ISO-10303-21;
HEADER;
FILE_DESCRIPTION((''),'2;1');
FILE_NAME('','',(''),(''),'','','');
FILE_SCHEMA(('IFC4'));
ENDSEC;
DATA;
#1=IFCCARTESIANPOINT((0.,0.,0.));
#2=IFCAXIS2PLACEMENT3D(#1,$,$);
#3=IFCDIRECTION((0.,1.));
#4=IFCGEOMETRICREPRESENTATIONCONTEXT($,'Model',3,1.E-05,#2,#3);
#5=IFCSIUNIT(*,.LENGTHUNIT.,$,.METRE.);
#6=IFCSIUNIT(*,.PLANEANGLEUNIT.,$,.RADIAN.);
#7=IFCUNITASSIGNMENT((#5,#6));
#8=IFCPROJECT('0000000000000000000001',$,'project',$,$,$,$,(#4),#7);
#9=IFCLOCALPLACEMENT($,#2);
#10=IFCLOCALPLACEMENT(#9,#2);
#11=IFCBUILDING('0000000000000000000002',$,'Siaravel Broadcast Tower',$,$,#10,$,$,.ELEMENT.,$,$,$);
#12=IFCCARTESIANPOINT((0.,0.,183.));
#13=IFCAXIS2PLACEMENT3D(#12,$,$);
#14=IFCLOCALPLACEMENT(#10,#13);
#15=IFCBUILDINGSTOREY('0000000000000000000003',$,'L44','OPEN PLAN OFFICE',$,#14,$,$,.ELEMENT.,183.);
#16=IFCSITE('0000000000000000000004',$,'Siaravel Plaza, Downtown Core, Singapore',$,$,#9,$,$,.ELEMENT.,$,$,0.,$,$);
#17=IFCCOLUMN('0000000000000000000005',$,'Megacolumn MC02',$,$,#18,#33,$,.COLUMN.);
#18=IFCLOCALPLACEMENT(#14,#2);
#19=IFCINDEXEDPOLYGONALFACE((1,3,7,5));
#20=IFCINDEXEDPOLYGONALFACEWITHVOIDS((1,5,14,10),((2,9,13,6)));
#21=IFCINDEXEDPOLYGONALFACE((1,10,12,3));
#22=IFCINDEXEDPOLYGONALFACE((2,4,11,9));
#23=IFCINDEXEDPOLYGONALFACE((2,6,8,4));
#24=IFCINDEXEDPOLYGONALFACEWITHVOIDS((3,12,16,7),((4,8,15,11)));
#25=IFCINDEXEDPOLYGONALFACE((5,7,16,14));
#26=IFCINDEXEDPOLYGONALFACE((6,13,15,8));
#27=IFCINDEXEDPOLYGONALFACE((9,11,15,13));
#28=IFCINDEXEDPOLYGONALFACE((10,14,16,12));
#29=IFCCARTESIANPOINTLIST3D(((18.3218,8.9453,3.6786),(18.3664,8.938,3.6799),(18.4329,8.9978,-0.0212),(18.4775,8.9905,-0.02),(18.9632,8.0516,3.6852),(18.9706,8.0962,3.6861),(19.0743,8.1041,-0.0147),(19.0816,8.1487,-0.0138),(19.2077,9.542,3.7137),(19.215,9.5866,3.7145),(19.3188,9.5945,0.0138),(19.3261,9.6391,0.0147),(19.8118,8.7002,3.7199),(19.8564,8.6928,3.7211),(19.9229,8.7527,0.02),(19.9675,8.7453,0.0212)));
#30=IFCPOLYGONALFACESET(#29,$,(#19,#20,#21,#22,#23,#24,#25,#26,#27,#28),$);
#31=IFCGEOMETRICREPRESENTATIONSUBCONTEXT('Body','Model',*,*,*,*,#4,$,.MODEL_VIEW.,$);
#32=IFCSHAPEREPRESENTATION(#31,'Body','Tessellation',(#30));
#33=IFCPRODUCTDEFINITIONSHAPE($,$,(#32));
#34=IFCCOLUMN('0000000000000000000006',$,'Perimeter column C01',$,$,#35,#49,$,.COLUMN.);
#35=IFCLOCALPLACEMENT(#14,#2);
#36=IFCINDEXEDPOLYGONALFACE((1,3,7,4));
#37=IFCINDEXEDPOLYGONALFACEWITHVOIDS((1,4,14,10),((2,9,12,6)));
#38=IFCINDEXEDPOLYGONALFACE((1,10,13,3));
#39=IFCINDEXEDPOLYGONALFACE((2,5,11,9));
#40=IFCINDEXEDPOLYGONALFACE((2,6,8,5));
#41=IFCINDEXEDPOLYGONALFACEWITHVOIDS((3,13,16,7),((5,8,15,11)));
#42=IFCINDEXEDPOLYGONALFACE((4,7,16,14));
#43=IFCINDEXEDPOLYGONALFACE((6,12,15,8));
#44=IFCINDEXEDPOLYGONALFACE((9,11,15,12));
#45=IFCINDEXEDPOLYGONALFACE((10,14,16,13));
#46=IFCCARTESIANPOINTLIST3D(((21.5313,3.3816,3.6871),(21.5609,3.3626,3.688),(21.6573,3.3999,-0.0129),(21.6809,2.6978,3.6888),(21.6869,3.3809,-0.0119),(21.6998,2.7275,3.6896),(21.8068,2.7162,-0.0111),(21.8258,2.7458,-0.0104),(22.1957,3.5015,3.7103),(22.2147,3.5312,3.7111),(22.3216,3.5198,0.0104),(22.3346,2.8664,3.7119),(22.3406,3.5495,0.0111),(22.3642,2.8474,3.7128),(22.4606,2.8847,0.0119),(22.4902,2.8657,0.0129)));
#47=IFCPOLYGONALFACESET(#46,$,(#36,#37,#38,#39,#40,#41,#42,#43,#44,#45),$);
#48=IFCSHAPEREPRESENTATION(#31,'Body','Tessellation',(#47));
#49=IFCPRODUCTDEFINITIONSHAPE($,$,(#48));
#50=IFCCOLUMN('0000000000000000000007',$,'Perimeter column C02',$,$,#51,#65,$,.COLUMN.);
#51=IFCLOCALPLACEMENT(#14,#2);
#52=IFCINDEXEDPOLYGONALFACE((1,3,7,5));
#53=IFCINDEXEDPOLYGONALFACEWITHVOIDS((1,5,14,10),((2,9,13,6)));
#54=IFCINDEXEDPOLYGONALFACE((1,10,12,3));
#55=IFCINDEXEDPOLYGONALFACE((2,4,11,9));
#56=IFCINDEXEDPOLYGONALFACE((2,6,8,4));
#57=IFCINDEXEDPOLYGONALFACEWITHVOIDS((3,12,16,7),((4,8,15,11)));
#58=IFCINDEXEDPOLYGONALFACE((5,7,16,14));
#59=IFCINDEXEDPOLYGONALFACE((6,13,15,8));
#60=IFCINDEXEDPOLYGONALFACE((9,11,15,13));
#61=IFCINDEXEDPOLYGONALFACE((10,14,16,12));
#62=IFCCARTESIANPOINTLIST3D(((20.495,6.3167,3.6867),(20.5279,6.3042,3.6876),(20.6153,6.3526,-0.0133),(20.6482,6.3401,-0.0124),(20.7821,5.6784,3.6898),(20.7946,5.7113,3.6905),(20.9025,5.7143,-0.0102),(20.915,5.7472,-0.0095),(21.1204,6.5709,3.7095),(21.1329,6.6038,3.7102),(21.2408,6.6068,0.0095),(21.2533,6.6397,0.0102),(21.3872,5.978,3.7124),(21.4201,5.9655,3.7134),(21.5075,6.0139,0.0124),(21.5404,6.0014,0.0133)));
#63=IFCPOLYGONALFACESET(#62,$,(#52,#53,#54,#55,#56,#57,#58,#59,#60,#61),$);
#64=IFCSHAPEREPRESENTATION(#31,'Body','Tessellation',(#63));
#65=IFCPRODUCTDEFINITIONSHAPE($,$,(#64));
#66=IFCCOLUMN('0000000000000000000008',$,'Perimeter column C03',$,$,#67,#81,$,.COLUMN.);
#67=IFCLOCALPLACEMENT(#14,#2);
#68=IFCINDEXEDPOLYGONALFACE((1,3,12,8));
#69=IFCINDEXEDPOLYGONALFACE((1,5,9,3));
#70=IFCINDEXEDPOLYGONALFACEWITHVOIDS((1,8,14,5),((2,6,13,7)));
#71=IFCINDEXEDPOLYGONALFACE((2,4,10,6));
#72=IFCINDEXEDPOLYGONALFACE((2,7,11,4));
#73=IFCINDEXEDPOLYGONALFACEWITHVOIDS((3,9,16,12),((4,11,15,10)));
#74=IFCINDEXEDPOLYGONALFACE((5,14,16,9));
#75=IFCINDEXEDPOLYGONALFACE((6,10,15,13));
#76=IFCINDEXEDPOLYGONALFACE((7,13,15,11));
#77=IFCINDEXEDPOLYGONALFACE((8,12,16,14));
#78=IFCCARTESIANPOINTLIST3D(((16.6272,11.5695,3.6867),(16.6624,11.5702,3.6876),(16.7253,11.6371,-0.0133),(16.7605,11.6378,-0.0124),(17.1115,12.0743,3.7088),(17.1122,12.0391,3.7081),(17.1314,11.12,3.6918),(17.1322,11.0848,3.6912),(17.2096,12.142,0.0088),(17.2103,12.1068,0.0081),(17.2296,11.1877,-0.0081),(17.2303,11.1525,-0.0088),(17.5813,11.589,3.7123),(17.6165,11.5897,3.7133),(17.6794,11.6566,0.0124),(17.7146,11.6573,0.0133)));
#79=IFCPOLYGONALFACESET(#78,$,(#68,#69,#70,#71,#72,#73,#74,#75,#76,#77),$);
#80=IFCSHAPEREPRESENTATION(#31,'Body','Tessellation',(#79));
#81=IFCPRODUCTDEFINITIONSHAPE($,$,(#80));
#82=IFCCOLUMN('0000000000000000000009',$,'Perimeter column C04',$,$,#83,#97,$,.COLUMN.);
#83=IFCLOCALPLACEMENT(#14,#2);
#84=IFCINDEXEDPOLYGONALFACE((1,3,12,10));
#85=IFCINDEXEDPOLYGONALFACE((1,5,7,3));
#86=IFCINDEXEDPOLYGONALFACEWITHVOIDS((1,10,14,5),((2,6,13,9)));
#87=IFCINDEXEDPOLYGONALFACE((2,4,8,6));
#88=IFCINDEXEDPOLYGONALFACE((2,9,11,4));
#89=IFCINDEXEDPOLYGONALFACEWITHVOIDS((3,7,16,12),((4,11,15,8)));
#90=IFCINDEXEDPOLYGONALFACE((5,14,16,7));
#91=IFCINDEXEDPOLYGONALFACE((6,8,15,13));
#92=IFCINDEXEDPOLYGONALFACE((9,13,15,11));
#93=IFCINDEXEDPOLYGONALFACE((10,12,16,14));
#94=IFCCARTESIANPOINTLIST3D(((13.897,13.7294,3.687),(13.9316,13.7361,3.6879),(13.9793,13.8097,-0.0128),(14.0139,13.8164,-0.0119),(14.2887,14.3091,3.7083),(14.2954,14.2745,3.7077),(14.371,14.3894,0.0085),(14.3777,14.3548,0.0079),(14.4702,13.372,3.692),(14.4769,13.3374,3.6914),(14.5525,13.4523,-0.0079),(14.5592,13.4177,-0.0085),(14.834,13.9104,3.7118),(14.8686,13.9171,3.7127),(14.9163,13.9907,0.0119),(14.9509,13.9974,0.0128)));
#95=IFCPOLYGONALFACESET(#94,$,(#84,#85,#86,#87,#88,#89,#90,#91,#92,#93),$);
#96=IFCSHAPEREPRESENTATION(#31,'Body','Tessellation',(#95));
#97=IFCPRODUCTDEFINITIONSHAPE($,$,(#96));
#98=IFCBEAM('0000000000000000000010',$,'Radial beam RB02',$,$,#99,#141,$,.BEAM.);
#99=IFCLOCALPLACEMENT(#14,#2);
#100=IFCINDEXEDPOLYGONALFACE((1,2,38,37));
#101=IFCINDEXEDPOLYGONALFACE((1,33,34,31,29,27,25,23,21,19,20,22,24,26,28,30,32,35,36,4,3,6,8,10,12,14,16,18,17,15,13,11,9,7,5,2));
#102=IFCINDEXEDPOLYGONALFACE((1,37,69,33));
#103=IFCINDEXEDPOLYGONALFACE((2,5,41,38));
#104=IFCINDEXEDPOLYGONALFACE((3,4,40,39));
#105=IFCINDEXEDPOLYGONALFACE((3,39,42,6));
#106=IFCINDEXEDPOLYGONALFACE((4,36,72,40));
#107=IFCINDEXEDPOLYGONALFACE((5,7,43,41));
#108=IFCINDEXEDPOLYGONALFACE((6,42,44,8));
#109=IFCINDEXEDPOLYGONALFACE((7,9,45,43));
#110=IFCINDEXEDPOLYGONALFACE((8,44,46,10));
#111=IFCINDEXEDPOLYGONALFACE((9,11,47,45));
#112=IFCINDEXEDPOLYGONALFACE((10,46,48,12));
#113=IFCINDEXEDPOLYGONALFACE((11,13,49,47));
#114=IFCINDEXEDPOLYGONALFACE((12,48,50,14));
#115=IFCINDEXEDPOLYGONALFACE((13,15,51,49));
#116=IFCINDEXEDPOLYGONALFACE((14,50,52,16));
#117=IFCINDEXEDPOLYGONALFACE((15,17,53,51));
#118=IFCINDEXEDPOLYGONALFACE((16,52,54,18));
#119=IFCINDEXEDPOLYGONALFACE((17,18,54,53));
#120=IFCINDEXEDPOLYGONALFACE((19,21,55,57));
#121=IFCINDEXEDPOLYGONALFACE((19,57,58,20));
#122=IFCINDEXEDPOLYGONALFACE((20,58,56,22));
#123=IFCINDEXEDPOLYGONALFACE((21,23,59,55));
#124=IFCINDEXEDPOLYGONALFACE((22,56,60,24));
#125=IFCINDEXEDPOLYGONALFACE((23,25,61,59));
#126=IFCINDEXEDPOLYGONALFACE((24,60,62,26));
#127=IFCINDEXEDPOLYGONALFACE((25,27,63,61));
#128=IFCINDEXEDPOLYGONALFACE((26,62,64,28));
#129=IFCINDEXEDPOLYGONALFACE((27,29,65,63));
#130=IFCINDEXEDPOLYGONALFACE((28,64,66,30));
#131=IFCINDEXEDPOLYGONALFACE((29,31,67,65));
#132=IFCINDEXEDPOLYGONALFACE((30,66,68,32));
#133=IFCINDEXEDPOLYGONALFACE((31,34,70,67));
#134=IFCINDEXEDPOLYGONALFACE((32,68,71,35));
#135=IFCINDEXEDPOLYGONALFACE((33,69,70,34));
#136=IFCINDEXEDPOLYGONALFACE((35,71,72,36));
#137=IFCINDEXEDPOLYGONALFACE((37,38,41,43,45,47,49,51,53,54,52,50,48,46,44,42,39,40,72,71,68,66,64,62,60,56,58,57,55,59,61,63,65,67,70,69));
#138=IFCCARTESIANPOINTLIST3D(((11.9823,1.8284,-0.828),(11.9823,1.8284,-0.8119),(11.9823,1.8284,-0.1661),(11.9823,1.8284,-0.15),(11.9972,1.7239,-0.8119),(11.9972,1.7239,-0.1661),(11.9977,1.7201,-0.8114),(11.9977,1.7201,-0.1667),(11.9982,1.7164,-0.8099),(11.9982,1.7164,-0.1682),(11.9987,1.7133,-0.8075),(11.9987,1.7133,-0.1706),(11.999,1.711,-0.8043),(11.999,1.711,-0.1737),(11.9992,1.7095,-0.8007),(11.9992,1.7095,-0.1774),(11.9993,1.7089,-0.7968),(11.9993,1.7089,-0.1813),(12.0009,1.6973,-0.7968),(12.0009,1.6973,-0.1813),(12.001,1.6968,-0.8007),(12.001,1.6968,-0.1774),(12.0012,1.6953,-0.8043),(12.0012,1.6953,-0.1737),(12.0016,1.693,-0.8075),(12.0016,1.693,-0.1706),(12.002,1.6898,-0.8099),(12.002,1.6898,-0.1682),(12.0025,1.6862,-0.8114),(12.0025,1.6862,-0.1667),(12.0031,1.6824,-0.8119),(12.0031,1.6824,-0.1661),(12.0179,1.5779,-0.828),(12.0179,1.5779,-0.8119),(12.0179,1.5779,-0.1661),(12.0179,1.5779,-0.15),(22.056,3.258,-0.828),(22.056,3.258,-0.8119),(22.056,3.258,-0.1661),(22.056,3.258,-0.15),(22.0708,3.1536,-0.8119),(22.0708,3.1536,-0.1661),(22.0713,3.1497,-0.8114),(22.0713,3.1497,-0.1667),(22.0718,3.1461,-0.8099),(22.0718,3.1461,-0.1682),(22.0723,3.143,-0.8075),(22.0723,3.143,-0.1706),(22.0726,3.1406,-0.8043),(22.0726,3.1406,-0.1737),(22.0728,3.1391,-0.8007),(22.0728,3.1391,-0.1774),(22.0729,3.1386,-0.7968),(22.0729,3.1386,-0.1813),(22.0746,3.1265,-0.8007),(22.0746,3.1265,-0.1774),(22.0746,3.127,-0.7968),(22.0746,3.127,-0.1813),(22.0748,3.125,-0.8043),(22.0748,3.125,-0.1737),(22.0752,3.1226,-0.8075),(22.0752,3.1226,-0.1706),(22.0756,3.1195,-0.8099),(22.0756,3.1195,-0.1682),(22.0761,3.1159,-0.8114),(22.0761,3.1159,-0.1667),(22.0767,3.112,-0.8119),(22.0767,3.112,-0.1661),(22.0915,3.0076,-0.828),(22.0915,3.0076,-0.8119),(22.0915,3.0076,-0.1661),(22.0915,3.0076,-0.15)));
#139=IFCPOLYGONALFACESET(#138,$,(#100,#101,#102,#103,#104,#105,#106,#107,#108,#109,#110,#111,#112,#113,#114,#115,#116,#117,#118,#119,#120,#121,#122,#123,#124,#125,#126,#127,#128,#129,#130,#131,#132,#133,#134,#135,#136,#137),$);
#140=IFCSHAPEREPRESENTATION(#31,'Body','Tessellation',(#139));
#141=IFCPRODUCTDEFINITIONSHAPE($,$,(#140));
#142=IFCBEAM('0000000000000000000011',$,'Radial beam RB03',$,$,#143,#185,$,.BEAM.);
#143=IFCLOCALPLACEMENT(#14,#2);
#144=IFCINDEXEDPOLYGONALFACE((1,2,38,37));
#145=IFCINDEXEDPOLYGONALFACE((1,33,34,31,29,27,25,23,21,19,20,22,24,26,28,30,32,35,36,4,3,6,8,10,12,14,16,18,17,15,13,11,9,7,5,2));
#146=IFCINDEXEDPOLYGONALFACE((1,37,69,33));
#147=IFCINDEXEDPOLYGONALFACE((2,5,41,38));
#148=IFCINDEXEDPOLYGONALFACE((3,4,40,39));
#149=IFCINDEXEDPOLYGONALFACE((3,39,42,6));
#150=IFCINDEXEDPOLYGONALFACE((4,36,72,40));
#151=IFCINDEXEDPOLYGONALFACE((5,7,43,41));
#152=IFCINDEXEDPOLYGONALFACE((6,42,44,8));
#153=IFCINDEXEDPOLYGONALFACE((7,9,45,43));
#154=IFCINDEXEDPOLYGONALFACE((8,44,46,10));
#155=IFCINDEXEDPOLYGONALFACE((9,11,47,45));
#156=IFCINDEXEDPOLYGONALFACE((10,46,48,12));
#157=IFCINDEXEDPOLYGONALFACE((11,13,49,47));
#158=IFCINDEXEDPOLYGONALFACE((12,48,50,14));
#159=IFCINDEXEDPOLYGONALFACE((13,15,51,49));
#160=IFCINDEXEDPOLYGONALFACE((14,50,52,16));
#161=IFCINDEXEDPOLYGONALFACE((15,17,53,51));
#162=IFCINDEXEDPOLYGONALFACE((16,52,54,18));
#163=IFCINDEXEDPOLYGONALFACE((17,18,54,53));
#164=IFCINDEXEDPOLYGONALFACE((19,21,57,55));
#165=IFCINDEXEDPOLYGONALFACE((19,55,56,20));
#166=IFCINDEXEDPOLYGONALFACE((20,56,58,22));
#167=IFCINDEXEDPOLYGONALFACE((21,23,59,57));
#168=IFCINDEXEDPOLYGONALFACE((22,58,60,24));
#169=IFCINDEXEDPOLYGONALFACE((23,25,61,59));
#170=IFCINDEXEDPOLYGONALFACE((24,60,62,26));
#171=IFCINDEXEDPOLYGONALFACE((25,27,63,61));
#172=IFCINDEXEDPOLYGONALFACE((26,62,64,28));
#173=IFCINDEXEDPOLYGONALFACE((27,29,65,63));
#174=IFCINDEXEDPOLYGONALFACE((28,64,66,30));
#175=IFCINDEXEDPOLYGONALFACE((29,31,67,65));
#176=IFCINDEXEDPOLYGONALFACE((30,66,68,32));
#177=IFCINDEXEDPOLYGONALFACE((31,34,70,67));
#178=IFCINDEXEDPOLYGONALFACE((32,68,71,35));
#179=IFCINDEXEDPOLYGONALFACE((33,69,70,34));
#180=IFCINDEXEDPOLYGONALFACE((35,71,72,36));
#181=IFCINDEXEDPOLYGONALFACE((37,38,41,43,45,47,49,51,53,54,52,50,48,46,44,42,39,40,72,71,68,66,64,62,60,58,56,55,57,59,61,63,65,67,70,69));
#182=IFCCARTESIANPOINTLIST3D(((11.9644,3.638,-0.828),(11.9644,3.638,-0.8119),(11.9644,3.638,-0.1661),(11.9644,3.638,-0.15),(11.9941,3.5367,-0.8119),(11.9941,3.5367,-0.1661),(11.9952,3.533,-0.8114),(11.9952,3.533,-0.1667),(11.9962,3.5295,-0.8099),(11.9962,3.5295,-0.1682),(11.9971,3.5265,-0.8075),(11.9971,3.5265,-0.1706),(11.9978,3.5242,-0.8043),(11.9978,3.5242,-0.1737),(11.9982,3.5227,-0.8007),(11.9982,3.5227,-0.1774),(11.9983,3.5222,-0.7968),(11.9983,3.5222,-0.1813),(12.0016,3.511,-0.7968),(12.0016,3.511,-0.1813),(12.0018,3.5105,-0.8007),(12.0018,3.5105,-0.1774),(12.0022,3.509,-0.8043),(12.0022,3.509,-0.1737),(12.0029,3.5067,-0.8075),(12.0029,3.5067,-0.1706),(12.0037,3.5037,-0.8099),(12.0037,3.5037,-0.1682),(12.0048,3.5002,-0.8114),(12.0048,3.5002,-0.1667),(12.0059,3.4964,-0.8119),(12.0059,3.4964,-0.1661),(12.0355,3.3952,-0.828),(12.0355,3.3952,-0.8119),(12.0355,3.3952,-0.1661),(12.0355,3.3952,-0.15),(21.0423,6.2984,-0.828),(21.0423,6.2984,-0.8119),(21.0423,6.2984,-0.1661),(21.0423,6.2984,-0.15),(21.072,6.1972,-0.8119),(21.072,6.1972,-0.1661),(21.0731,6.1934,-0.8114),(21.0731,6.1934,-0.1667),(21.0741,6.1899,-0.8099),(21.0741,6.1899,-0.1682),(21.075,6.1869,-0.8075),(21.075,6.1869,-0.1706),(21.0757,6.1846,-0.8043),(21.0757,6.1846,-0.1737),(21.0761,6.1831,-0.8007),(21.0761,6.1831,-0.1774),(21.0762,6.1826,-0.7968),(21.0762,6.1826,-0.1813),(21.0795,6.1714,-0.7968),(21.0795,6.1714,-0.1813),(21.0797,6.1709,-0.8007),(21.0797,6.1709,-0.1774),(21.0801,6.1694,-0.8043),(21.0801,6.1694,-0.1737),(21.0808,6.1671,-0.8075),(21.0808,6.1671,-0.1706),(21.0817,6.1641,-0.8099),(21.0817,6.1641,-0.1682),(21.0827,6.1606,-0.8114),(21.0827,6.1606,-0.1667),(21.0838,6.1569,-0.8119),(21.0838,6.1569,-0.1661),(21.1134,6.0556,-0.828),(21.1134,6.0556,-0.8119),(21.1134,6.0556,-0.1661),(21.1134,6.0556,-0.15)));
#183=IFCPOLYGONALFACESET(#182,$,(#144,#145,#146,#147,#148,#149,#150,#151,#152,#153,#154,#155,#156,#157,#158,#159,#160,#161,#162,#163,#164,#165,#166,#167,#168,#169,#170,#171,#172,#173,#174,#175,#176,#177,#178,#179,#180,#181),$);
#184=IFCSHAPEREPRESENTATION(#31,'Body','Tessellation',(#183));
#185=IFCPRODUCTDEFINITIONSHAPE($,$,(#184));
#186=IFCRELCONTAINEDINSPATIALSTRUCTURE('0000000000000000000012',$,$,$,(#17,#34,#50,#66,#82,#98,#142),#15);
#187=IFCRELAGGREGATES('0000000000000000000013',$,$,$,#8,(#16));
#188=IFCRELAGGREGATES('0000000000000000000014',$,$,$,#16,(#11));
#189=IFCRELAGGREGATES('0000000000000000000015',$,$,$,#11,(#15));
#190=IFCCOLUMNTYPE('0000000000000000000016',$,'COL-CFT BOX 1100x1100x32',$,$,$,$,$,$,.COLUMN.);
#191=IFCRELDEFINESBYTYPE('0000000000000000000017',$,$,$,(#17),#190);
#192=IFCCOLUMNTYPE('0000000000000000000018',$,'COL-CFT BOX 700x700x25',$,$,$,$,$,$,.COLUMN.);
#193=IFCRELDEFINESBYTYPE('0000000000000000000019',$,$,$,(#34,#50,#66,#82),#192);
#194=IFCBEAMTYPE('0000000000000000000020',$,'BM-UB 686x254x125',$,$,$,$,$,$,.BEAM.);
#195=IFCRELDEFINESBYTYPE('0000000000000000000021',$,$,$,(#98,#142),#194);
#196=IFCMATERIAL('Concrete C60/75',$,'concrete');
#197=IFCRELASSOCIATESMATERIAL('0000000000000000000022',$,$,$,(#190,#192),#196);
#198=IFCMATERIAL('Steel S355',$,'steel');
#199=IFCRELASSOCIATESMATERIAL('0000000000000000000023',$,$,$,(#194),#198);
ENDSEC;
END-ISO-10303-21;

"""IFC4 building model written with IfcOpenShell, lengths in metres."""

from ifc_helpers import new_model, si_unit, direction, frame, origin, origin_2d, place, context, subcontext, project, spatial, hollow_rectangle, i_section, extrude, material, material_profile, profile_set, type_object, element, save


model = new_model("IFC4")

# Units and contexts
model_context = context("Model", 3, precision=1e-05, world=origin(), true_north=direction((0.0, 1.0)))
body_context = subcontext(model_context, "Body", "Model", "MODEL_VIEW")
ifc_project = project(units=[si_unit("LENGTHUNIT", "METRE"), si_unit("PLANEANGLEUNIT", "RADIAN")], contexts=[model_context])

# Site, building, storey
site_placement = place(None, origin())
site = spatial("IfcSite", under=ifc_project, at=site_placement, Name="Siaravel Plaza, Downtown Core, Singapore", CompositionType="ELEMENT", RefElevation=0.0)
building_placement = place(site_placement, origin())
building = spatial("IfcBuilding", under=site, at=building_placement, Name="Siaravel Broadcast Tower", CompositionType="ELEMENT")
storey_placement = place(building_placement, frame((0.0, 0.0, 183.0)))
storey = spatial("IfcBuildingStorey", under=building, at=storey_placement, Name="L44", Description="OPEN PLAN OFFICE", CompositionType="ELEMENT", Elevation=183.0)

# Columns
ifc_material_1 = material(Name="Concrete C60/75", Category="concrete")
ifc_material_profile_1 = material_profile(ifc_material_1, hollow_rectangle(XDim=1.1001, YDim=1.1001, WallThickness=0.032, at=origin_2d()))
ifc_profile_set_1 = profile_set([ifc_material_profile_1], Name="Concrete C60/75")
column_type_1 = type_object("IfcColumnType", Name="COL-CFT BOX 1100x1100x32", PredefinedType="COLUMN", material=ifc_profile_set_1)
column_1_placement = place(storey_placement, frame((19.2002, 8.8716, 0.0), z_axis=(-0.030007, -0.014179, 0.999449), x_axis=(0.583041, -0.812421, 0.005979)))
element("IfcColumn", 1, at=column_1_placement, inside=storey, type_object=column_type_1, Name="Megacolumn MC02", PredefinedType="COLUMN", context=body_context, shape_type="SweptSolid", body=[
    extrude(hollow_rectangle(XDim=1.1001, YDim=1.1001, WallThickness=0.032, at=origin_2d()), origin(), (0.0, 0.0, 1.0), 3.7019),
])
ifc_material_profile_2 = material_profile(ifc_material_1, hollow_rectangle(XDim=0.7, YDim=0.7, WallThickness=0.0249, at=origin_2d()))
ifc_profile_set_2 = profile_set([ifc_material_profile_2], Name="Concrete C60/75")
column_type_2 = type_object("IfcColumnType", Name="COL-CFT BOX 700x700x25", PredefinedType="COLUMN", material=ifc_profile_set_2)
for number, where, z_axis, x_axis, name in (
    (2, (22.0737, 3.1328, 0.0), (-0.034028, -0.004946, 0.999409), (0.213687, -0.976899, 0.002441), "Perimeter column C01"),
    (3, (21.0779, 6.177, 0.0), (-0.032512, -0.009694, 0.999424), (0.410283, -0.911947, 0.004501), "Perimeter column C02"),
):
    element("IfcColumn", number, at=place(storey_placement, frame(where, z_axis=z_axis, x_axis=x_axis)), inside=storey, type_object=column_type_2, Name=name, PredefinedType="COLUMN", context=body_context, shape_type="SweptSolid", body=[
        extrude(hollow_rectangle(XDim=0.7, YDim=0.7, WallThickness=0.0249, at=origin_2d()), origin(), (0.0, 0.0, 1.0), 3.7021),
    ])
column_2_placement = place(storey_placement, frame((17.22, 11.6472, 0.0), z_axis=(-0.026512, -0.018268, 0.999482), x_axis=(0.721505, -0.692379, 0.006483)))
element("IfcColumn", 4, at=column_2_placement, inside=storey, type_object=column_type_2, Name="Perimeter column C03", PredefinedType="COLUMN", context=body_context, shape_type="SweptSolid", body=[
    extrude(hollow_rectangle(XDim=0.7, YDim=0.7, WallThickness=0.0249, at=origin_2d()), origin(), (0.0, 0.0, 1.0), 3.7019),
])
column_3_placement = place(storey_placement, frame((14.4651, 13.9036, 0.0), z_axis=(-0.022226, -0.021699, 0.999517), x_axis=(0.828429, -0.560059, 0.006263)))
element("IfcColumn", 5, at=column_3_placement, inside=storey, type_object=column_type_2, Name="Perimeter column C04", PredefinedType="COLUMN", context=body_context, shape_type="SweptSolid", body=[
    extrude(hollow_rectangle(XDim=0.7, YDim=0.7, WallThickness=0.0249, at=origin_2d()), origin(), (0.0, 0.0, 1.0), 3.7017),
])

# Beams
ifc_material_2 = material(Name="Steel S355", Category="steel")
ifc_material_profile_3 = material_profile(ifc_material_2, i_section(OverallWidth=0.2529, OverallDepth=0.678, WebThickness=0.0117, FlangeThickness=0.0161, FilletRadius=0.0151, at=origin_2d()))
ifc_profile_set_3 = profile_set([ifc_material_profile_3], Name="Steel S355")
beam_type = type_object("IfcBeamType", Name="BM-UB 686x254x125", PredefinedType="BEAM", material=ifc_profile_set_3)
beam_1_placement = place(storey_placement, frame((22.0737, 3.1328, -0.489), z_axis=(-0.990079, -0.140514, 0.0), x_axis=(0.140514, -0.990079, 0.0)))
element("IfcBeam", 6, at=beam_1_placement, inside=storey, type_object=beam_type, Name="Radial beam RB02", PredefinedType="BEAM", context=body_context, shape_type="SweptSolid", body=[
    extrude(i_section(OverallWidth=0.2529, OverallDepth=0.678, WebThickness=0.0117, FlangeThickness=0.0161, FilletRadius=0.0151, at=origin_2d()), origin(), (0.0, 0.0, 1.0), 10.1746),
])
beam_2_placement = place(storey_placement, frame((21.0779, 6.177, -0.489), z_axis=(-0.959639, -0.281236, 0.0), x_axis=(0.281236, -0.959639, 0.0)))
element("IfcBeam", 7, at=beam_2_placement, inside=storey, type_object=beam_type, Name="Radial beam RB03", PredefinedType="BEAM", context=body_context, shape_type="SweptSolid", body=[
    extrude(i_section(OverallWidth=0.2529, OverallDepth=0.678, WebThickness=0.0117, FlangeThickness=0.0161, FilletRadius=0.0151, at=origin_2d()), origin(), (0.0, 0.0, 1.0), 9.4597),
])

save(model, "model.ifc")
